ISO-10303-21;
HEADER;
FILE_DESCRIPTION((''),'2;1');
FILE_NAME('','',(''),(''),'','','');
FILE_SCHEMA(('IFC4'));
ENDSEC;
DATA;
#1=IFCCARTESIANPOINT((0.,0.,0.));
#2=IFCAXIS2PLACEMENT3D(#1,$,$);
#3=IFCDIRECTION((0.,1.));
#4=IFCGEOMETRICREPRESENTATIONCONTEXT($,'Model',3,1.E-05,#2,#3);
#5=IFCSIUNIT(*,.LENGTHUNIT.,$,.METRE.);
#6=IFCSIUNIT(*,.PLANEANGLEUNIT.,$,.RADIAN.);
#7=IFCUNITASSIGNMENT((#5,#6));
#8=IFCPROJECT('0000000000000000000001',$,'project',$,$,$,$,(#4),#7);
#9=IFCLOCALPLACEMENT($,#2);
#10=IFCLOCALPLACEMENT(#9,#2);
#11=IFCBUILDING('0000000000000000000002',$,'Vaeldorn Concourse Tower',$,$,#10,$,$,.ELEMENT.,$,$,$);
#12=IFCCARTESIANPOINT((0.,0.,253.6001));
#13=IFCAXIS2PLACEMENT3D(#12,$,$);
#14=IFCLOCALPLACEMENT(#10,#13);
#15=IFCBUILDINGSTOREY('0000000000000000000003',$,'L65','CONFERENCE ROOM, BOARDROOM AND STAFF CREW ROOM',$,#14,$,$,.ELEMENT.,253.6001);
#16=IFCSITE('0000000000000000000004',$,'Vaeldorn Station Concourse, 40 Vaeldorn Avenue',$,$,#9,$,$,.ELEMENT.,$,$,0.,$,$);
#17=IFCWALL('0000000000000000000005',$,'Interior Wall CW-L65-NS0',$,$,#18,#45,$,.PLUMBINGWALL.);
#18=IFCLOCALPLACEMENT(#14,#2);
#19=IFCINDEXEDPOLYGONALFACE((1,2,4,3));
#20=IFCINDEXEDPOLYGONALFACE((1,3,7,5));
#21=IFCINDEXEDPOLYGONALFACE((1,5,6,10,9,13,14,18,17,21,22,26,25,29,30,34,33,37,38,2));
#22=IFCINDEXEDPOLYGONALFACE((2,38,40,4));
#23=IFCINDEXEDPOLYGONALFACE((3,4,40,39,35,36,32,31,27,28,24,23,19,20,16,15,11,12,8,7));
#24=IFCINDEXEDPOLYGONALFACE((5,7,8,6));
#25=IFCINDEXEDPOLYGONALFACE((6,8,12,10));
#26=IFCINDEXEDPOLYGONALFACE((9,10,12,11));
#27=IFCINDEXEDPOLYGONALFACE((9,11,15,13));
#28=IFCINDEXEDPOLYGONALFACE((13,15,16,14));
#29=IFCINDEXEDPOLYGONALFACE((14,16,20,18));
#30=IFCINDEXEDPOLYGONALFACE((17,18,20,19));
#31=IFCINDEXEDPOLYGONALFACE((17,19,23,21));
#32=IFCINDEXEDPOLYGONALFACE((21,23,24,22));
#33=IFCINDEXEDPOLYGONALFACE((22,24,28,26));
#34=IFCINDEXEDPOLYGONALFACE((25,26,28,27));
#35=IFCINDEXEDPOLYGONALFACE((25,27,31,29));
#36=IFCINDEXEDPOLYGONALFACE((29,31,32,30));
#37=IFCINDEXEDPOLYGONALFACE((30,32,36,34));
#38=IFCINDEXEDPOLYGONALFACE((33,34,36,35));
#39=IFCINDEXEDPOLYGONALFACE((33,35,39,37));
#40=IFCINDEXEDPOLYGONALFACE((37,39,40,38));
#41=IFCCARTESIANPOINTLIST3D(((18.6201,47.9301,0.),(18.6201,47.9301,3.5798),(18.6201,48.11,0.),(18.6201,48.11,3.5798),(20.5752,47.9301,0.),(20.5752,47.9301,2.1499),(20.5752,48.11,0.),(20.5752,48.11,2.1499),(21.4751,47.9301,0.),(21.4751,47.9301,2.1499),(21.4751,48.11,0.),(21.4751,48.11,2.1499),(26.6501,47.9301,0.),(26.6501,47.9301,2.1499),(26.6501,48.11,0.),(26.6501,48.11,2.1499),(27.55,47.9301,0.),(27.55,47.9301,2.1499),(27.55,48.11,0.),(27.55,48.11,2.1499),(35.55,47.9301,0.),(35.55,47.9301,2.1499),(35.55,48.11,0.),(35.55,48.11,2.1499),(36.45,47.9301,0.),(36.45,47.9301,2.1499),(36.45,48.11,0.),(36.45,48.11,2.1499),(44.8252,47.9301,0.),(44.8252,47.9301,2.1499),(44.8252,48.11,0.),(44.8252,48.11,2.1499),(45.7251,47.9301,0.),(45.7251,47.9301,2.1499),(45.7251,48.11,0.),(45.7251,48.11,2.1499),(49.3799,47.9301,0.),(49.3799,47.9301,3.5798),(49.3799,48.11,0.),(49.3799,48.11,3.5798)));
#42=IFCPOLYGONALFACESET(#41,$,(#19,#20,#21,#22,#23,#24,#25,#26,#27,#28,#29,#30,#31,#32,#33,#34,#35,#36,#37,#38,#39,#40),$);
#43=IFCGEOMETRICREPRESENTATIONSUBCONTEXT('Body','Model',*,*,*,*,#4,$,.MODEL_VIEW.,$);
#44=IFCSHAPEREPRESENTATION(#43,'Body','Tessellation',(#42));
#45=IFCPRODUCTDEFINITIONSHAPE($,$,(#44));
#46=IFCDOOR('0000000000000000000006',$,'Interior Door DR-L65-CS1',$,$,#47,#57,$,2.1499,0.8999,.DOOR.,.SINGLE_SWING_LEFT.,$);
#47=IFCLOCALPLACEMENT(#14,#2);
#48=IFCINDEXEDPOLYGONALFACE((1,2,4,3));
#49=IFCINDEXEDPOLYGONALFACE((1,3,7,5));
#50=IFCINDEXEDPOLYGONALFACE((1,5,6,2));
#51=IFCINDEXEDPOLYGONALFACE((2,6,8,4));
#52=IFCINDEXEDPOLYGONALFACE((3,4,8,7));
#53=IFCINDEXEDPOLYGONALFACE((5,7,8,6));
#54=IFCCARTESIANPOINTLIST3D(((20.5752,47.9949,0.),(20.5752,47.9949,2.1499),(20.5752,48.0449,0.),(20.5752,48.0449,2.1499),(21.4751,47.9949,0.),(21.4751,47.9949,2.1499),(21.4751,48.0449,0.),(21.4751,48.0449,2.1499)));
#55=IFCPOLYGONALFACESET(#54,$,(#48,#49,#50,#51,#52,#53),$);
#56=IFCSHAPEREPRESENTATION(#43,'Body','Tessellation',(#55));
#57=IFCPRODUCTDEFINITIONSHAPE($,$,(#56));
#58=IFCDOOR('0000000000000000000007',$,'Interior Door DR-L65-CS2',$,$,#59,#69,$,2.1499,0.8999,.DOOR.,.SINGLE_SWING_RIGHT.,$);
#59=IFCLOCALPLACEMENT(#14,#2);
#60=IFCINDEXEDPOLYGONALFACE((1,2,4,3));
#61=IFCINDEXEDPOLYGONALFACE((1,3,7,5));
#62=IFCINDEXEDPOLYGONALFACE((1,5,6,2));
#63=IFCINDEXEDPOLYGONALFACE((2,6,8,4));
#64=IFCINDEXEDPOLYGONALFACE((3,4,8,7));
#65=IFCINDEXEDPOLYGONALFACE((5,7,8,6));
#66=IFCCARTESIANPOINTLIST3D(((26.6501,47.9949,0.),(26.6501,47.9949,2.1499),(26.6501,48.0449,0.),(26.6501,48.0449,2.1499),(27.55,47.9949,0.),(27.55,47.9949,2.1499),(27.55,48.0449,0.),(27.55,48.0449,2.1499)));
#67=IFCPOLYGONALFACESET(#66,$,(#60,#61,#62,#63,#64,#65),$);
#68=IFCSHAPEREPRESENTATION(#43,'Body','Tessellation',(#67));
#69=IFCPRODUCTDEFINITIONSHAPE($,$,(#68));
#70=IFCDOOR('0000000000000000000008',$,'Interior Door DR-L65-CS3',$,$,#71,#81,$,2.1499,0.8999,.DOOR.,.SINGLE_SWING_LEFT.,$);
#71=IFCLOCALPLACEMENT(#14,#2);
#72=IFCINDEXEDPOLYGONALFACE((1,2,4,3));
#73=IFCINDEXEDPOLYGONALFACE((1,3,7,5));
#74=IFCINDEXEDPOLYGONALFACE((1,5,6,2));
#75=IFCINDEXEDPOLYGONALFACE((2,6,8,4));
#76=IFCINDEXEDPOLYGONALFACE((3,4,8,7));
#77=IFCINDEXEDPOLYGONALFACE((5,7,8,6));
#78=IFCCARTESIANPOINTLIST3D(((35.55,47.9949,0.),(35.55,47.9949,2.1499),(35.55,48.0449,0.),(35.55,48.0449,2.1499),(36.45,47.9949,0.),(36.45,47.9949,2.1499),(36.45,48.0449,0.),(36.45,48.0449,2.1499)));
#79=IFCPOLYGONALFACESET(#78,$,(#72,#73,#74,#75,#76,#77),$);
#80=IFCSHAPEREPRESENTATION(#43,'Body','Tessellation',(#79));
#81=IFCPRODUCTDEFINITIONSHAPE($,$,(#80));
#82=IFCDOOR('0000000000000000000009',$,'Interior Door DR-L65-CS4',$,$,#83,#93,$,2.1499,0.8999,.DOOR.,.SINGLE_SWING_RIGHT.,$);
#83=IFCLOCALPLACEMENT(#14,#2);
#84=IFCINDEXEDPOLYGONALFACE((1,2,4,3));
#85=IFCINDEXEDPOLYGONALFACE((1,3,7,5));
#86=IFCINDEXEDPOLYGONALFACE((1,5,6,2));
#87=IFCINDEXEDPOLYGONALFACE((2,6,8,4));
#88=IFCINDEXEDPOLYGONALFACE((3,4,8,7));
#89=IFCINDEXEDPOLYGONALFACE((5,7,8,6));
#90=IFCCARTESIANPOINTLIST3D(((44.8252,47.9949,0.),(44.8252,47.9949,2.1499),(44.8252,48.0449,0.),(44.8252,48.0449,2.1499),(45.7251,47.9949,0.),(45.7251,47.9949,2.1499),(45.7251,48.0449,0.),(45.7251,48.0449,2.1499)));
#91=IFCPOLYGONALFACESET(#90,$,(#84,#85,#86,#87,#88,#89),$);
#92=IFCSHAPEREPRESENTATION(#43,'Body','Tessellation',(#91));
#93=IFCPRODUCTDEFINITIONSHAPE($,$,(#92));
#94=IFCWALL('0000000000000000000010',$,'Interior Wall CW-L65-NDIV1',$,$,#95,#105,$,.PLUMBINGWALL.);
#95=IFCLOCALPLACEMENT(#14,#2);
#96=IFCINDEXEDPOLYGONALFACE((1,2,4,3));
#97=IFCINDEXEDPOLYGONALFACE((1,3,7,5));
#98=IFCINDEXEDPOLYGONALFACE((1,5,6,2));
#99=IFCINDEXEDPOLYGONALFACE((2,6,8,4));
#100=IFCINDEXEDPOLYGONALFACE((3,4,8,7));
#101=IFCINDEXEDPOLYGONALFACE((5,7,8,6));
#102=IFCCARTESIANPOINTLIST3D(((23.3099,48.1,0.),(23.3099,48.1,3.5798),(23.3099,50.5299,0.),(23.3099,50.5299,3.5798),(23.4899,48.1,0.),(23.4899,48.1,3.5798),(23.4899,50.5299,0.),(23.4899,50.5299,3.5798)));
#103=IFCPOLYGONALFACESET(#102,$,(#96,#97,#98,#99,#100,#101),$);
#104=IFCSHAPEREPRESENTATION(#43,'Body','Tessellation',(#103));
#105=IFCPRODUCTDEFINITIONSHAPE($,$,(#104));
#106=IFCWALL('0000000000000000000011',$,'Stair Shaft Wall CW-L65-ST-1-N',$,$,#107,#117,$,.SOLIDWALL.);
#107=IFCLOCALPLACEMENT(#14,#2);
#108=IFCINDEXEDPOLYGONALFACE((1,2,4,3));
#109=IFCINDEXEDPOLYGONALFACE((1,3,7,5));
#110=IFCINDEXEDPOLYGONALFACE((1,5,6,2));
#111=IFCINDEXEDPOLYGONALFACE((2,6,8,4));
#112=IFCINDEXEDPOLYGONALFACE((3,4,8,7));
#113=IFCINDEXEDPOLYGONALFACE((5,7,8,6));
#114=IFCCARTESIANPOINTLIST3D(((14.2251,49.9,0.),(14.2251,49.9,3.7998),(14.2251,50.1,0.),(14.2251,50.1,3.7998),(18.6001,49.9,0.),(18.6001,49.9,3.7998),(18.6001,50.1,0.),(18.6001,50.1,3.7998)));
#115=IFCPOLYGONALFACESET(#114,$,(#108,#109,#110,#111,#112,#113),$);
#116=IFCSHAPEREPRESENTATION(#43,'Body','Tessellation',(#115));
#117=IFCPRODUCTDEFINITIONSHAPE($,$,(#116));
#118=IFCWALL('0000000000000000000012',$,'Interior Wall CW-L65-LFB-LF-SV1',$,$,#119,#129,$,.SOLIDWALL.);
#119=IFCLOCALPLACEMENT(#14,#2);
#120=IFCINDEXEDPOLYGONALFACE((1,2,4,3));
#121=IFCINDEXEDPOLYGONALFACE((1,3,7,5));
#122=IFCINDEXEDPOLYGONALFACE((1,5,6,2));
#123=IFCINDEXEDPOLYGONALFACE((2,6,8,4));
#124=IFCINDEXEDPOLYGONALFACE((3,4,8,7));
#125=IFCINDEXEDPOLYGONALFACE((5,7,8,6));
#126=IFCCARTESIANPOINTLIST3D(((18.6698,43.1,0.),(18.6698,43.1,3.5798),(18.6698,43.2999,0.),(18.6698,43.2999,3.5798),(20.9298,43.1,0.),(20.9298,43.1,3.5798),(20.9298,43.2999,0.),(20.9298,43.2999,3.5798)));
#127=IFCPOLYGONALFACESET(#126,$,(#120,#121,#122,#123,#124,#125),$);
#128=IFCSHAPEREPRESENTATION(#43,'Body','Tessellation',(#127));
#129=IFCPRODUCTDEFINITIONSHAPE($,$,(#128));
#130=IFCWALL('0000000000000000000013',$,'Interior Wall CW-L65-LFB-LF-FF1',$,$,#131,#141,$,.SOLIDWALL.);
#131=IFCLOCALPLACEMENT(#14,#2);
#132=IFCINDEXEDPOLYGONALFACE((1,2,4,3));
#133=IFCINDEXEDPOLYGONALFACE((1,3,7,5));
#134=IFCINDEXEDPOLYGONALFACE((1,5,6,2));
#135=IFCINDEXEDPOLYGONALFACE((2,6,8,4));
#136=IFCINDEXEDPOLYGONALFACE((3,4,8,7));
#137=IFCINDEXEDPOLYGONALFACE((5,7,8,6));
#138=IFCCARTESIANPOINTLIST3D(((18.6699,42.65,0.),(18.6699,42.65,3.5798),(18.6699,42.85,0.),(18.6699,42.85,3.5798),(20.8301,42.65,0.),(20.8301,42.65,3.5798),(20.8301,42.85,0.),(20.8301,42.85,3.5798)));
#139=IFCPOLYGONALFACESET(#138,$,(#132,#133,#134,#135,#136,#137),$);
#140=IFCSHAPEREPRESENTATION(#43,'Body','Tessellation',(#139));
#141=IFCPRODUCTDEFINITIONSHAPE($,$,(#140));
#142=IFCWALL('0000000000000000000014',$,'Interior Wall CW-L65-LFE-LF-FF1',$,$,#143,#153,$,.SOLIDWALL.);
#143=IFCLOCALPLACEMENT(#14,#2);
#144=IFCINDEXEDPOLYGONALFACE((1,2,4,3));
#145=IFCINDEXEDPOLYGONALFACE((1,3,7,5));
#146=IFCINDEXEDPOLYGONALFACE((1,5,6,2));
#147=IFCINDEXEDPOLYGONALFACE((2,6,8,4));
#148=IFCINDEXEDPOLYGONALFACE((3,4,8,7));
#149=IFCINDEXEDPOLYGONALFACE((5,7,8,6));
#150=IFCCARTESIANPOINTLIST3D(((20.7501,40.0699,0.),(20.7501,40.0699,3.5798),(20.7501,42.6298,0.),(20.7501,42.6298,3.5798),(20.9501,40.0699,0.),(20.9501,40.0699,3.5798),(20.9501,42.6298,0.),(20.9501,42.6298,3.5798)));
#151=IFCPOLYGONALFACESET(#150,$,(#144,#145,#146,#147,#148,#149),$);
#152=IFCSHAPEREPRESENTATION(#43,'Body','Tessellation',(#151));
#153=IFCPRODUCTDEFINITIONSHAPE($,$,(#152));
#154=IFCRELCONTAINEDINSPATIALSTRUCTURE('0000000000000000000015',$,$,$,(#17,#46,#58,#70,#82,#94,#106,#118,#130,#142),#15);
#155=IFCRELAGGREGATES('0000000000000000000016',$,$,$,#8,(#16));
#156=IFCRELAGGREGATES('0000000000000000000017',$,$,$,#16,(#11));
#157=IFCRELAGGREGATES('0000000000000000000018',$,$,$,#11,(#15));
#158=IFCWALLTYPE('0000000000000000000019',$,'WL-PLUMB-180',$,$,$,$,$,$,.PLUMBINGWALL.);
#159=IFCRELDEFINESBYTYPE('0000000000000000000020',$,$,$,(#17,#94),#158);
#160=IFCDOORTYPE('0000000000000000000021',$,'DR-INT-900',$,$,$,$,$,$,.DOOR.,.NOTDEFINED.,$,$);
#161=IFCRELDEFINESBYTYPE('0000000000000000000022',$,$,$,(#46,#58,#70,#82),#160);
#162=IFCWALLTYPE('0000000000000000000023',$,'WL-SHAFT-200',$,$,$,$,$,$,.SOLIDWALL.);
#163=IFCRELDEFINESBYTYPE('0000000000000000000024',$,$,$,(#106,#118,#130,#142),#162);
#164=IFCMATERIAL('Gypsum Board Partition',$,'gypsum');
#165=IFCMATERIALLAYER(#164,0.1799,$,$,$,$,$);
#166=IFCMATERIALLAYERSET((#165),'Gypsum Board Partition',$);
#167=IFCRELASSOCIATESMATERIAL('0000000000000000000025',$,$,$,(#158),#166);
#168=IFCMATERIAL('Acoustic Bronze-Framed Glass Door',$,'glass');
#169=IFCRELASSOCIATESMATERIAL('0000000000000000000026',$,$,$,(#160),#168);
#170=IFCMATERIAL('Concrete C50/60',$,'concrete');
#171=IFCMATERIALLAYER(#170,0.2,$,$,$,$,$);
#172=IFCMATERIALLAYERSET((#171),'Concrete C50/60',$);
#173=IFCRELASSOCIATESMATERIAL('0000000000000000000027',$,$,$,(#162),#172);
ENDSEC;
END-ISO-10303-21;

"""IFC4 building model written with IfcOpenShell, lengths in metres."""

from ifc_helpers import new_model, si_unit, direction, frame, frame_2d, origin, place, context, subcontext, project, spatial, rectangle, extrude, source, transform, mapped, material, layer, layer_set, type_object, element, fill, save


model = new_model("IFC4")

# Units and contexts
model_context = context("Model", 3, precision=1e-05, world=origin(), true_north=direction((0.0, 1.0)))
body_context = subcontext(model_context, "Body", "Model", "MODEL_VIEW")
ifc_project = project(units=[si_unit("LENGTHUNIT", "METRE"), si_unit("PLANEANGLEUNIT", "RADIAN")], contexts=[model_context])

# Site, building, storey
site_placement = place(None, origin())
site = spatial("IfcSite", under=ifc_project, at=site_placement, Name="Vaeldorn Station Concourse, 40 Vaeldorn Avenue", CompositionType="ELEMENT", RefElevation=0.0)
building_placement = place(site_placement, origin())
building = spatial("IfcBuilding", under=site, at=building_placement, Name="Vaeldorn Concourse Tower", CompositionType="ELEMENT")
storey_placement = place(building_placement, frame((0.0, 0.0, 253.6001)))
storey = spatial("IfcBuildingStorey", under=building, at=storey_placement, Name="L65", Description="CONFERENCE ROOM, BOARDROOM AND STAFF CREW ROOM", CompositionType="ELEMENT", Elevation=253.6001)

# Shared definitions
ifc_material_1 = material(Name="Concrete C50/60", Category="concrete")
ifc_material_2 = material(Name="Gypsum Board Partition", Category="gypsum")

# Wall, openings, doors
ifc_layer_1 = layer(ifc_material_2, 0.1799)
ifc_layer_set_1 = layer_set([ifc_layer_1], Name="Gypsum Board Partition")
wall_type_1 = type_object("IfcWallType", Name="WL-PLUMB-180", PredefinedType="PLUMBINGWALL", material=ifc_layer_set_1)
wall_1_placement = place(storey_placement, frame((18.6201, 48.02, 0.0), z_axis=(0.0, 0.0, 1.0), x_axis=(1.0, 0.0, 0.0)))
wall_1 = element("IfcWall", 1, at=wall_1_placement, inside=storey, type_object=wall_type_1, Name="Interior Wall CW-L65-NS0", PredefinedType="PLUMBINGWALL", context=body_context, shape_type="SweptSolid", body=[
    extrude(rectangle(XDim=30.7598, YDim=0.1799, at=frame_2d((15.3799, 0.0))), origin(), (0.0, 0.0, 1.0), 3.5798),
])
opening_1_placement = place(wall_1_placement, frame((1.9551, 0.0, 0.0)))
opening_1 = element("IfcOpeningElement", 2, at=opening_1_placement, cuts=wall_1, PredefinedType="OPENING", context=body_context, shape_type="SweptSolid", body=[
    extrude(rectangle(XDim=0.8999, YDim=2.1499, at=frame_2d((0.45, 1.075))), frame((0.0, 0.1001, 0.0), z_axis=(0.0, -1.0, 0.0), x_axis=(1.0, 0.0, 0.0)), (0.0, 0.0, 1.0), 0.2),
])
opening_2_placement = place(wall_1_placement, frame((8.03, 0.0, 0.0)))
opening_2 = element("IfcOpeningElement", 3, at=opening_2_placement, cuts=wall_1, PredefinedType="OPENING", context=body_context, shape_type="SweptSolid", body=[
    extrude(rectangle(XDim=0.8999, YDim=2.1499, at=frame_2d((0.45, 1.075))), frame((0.0, 0.1001, 0.0), z_axis=(0.0, -1.0, 0.0), x_axis=(1.0, 0.0, 0.0)), (0.0, 0.0, 1.0), 0.2),
])
opening_3_placement = place(wall_1_placement, frame((16.9299, 0.0, 0.0)))
opening_3 = element("IfcOpeningElement", 4, at=opening_3_placement, cuts=wall_1, PredefinedType="OPENING", context=body_context, shape_type="SweptSolid", body=[
    extrude(rectangle(XDim=0.8999, YDim=2.1499, at=frame_2d((0.45, 1.075))), frame((0.0, 0.1001, 0.0), z_axis=(0.0, -1.0, 0.0), x_axis=(1.0, 0.0, 0.0)), (0.0, 0.0, 1.0), 0.2),
])
opening_4_placement = place(wall_1_placement, frame((26.2051, 0.0, 0.0)))
opening_4 = element("IfcOpeningElement", 5, at=opening_4_placement, cuts=wall_1, PredefinedType="OPENING", context=body_context, shape_type="SweptSolid", body=[
    extrude(rectangle(XDim=0.8999, YDim=2.1499, at=frame_2d((0.45, 1.075))), frame((0.0, 0.1001, 0.0), z_axis=(0.0, -1.0, 0.0), x_axis=(1.0, 0.0, 0.0)), (0.0, 0.0, 1.0), 0.2),
])
ifc_material_3 = material(Name="Acoustic Bronze-Framed Glass Door", Category="glass")
door_type_1 = type_object("IfcDoorType", Name="DR-INT-900", OperationType="NOTDEFINED", PredefinedType="DOOR", material=ifc_material_3)
shared_shape_1 = source(origin(), body_context, "Body", "SweptSolid", [
    extrude(rectangle(XDim=0.8999, YDim=2.1499, at=frame_2d((0.45, 1.075))), frame((0.0, 0.0249, 0.0), z_axis=(0.0, -1.0, 0.0), x_axis=(1.0, 0.0, 0.0)), (0.0, 0.0, 1.0), 0.05),
])
door_1_placement = place(opening_1_placement, origin())
door_1 = element("IfcDoor", 6, at=door_1_placement, inside=storey, type_object=door_type_1, Name="Interior Door DR-L65-CS1", OperationType="SINGLE_SWING_LEFT", OverallHeight=2.1499, OverallWidth=0.8999, PredefinedType="DOOR", context=body_context, shape_type="MappedRepresentation", body=[
    mapped(shared_shape_1, transform((0.0, 0.0, 0.0), scale=1.0)),
])
fill(opening_1, door_1)
door_2_placement = place(opening_2_placement, origin())
door_2 = element("IfcDoor", 7, at=door_2_placement, inside=storey, type_object=door_type_1, Name="Interior Door DR-L65-CS2", OperationType="SINGLE_SWING_RIGHT", OverallHeight=2.1499, OverallWidth=0.8999, PredefinedType="DOOR", context=body_context, shape_type="MappedRepresentation", body=[
    mapped(shared_shape_1, transform((0.0, 0.0, 0.0), scale=1.0)),
])
fill(opening_2, door_2)
door_3_placement = place(opening_3_placement, origin())
door_3 = element("IfcDoor", 8, at=door_3_placement, inside=storey, type_object=door_type_1, Name="Interior Door DR-L65-CS3", OperationType="SINGLE_SWING_LEFT", OverallHeight=2.1499, OverallWidth=0.8999, PredefinedType="DOOR", context=body_context, shape_type="MappedRepresentation", body=[
    mapped(shared_shape_1, transform((0.0, 0.0, 0.0), scale=1.0)),
])
fill(opening_3, door_3)
door_4_placement = place(opening_4_placement, origin())
door_4 = element("IfcDoor", 9, at=door_4_placement, inside=storey, type_object=door_type_1, Name="Interior Door DR-L65-CS4", OperationType="SINGLE_SWING_RIGHT", OverallHeight=2.1499, OverallWidth=0.8999, PredefinedType="DOOR", context=body_context, shape_type="MappedRepresentation", body=[
    mapped(shared_shape_1, transform((0.0, 0.0, 0.0), scale=1.0)),
])
fill(opening_4, door_4)

# Walls
wall_2_placement = place(storey_placement, frame((23.3999, 48.1001, 0.0), z_axis=(0.0, 0.0, 1.0), x_axis=(0.0, 1.0, 0.0)))
element("IfcWall", 10, at=wall_2_placement, inside=storey, type_object=wall_type_1, Name="Interior Wall CW-L65-NDIV1", PredefinedType="PLUMBINGWALL", context=body_context, shape_type="SweptSolid", body=[
    extrude(rectangle(XDim=2.4299, YDim=0.1799, at=frame_2d((1.2148, 0.0))), origin(), (0.0, 0.0, 1.0), 3.5798),
])
ifc_layer_2 = layer(ifc_material_1, 0.2)
ifc_layer_set_2 = layer_set([ifc_layer_2], Name="Concrete C50/60")
wall_type_2 = type_object("IfcWallType", Name="WL-SHAFT-200", PredefinedType="SOLIDWALL", material=ifc_layer_set_2)
wall_3_placement = place(storey_placement, frame((14.2251, 50.0, 0.0), z_axis=(0.0, 0.0, 1.0), x_axis=(1.0, 0.0, 0.0)))
element("IfcWall", 11, at=wall_3_placement, inside=storey, type_object=wall_type_2, Name="Stair Shaft Wall CW-L65-ST-1-N", PredefinedType="SOLIDWALL", context=body_context, shape_type="SweptSolid", body=[
    extrude(rectangle(XDim=4.375, YDim=0.2, at=frame_2d((2.1875, 0.0))), origin(), (0.0, 0.0, 1.0), 3.7998),
])

# Walls
wall_4_placement = place(storey_placement, frame((18.6699, 43.2, 0.0), z_axis=(0.0, 0.0, 1.0), x_axis=(1.0, 0.0, 0.0)))
element("IfcWall", 12, at=wall_4_placement, inside=storey, type_object=wall_type_2, Name="Interior Wall CW-L65-LFB-LF-SV1", PredefinedType="SOLIDWALL", context=body_context, shape_type="SweptSolid", body=[
    extrude(rectangle(XDim=2.26, YDim=0.2, at=frame_2d((1.1299, 0.0))), origin(), (0.0, 0.0, 1.0), 3.5798),
])
wall_5_placement = place(storey_placement, frame((18.6699, 42.75, 0.0), z_axis=(0.0, 0.0, 1.0), x_axis=(1.0, 0.0, 0.0)))
element("IfcWall", 13, at=wall_5_placement, inside=storey, type_object=wall_type_2, Name="Interior Wall CW-L65-LFB-LF-FF1", PredefinedType="SOLIDWALL", context=body_context, shape_type="SweptSolid", body=[
    extrude(rectangle(XDim=2.1602, YDim=0.2, at=frame_2d((1.0801, 0.0))), origin(), (0.0, 0.0, 1.0), 3.5798),
])
wall_6_placement = place(storey_placement, frame((20.8501, 40.0701, 0.0), z_axis=(0.0, 0.0, 1.0), x_axis=(0.0, 1.0, 0.0)))
element("IfcWall", 14, at=wall_6_placement, inside=storey, type_object=wall_type_2, Name="Interior Wall CW-L65-LFE-LF-FF1", PredefinedType="SOLIDWALL", context=body_context, shape_type="SweptSolid", body=[
    extrude(rectangle(XDim=2.5598, YDim=0.2, at=frame_2d((1.2798, 0.0))), origin(), (0.0, 0.0, 1.0), 3.5798),
])

save(model, "model.ifc")
